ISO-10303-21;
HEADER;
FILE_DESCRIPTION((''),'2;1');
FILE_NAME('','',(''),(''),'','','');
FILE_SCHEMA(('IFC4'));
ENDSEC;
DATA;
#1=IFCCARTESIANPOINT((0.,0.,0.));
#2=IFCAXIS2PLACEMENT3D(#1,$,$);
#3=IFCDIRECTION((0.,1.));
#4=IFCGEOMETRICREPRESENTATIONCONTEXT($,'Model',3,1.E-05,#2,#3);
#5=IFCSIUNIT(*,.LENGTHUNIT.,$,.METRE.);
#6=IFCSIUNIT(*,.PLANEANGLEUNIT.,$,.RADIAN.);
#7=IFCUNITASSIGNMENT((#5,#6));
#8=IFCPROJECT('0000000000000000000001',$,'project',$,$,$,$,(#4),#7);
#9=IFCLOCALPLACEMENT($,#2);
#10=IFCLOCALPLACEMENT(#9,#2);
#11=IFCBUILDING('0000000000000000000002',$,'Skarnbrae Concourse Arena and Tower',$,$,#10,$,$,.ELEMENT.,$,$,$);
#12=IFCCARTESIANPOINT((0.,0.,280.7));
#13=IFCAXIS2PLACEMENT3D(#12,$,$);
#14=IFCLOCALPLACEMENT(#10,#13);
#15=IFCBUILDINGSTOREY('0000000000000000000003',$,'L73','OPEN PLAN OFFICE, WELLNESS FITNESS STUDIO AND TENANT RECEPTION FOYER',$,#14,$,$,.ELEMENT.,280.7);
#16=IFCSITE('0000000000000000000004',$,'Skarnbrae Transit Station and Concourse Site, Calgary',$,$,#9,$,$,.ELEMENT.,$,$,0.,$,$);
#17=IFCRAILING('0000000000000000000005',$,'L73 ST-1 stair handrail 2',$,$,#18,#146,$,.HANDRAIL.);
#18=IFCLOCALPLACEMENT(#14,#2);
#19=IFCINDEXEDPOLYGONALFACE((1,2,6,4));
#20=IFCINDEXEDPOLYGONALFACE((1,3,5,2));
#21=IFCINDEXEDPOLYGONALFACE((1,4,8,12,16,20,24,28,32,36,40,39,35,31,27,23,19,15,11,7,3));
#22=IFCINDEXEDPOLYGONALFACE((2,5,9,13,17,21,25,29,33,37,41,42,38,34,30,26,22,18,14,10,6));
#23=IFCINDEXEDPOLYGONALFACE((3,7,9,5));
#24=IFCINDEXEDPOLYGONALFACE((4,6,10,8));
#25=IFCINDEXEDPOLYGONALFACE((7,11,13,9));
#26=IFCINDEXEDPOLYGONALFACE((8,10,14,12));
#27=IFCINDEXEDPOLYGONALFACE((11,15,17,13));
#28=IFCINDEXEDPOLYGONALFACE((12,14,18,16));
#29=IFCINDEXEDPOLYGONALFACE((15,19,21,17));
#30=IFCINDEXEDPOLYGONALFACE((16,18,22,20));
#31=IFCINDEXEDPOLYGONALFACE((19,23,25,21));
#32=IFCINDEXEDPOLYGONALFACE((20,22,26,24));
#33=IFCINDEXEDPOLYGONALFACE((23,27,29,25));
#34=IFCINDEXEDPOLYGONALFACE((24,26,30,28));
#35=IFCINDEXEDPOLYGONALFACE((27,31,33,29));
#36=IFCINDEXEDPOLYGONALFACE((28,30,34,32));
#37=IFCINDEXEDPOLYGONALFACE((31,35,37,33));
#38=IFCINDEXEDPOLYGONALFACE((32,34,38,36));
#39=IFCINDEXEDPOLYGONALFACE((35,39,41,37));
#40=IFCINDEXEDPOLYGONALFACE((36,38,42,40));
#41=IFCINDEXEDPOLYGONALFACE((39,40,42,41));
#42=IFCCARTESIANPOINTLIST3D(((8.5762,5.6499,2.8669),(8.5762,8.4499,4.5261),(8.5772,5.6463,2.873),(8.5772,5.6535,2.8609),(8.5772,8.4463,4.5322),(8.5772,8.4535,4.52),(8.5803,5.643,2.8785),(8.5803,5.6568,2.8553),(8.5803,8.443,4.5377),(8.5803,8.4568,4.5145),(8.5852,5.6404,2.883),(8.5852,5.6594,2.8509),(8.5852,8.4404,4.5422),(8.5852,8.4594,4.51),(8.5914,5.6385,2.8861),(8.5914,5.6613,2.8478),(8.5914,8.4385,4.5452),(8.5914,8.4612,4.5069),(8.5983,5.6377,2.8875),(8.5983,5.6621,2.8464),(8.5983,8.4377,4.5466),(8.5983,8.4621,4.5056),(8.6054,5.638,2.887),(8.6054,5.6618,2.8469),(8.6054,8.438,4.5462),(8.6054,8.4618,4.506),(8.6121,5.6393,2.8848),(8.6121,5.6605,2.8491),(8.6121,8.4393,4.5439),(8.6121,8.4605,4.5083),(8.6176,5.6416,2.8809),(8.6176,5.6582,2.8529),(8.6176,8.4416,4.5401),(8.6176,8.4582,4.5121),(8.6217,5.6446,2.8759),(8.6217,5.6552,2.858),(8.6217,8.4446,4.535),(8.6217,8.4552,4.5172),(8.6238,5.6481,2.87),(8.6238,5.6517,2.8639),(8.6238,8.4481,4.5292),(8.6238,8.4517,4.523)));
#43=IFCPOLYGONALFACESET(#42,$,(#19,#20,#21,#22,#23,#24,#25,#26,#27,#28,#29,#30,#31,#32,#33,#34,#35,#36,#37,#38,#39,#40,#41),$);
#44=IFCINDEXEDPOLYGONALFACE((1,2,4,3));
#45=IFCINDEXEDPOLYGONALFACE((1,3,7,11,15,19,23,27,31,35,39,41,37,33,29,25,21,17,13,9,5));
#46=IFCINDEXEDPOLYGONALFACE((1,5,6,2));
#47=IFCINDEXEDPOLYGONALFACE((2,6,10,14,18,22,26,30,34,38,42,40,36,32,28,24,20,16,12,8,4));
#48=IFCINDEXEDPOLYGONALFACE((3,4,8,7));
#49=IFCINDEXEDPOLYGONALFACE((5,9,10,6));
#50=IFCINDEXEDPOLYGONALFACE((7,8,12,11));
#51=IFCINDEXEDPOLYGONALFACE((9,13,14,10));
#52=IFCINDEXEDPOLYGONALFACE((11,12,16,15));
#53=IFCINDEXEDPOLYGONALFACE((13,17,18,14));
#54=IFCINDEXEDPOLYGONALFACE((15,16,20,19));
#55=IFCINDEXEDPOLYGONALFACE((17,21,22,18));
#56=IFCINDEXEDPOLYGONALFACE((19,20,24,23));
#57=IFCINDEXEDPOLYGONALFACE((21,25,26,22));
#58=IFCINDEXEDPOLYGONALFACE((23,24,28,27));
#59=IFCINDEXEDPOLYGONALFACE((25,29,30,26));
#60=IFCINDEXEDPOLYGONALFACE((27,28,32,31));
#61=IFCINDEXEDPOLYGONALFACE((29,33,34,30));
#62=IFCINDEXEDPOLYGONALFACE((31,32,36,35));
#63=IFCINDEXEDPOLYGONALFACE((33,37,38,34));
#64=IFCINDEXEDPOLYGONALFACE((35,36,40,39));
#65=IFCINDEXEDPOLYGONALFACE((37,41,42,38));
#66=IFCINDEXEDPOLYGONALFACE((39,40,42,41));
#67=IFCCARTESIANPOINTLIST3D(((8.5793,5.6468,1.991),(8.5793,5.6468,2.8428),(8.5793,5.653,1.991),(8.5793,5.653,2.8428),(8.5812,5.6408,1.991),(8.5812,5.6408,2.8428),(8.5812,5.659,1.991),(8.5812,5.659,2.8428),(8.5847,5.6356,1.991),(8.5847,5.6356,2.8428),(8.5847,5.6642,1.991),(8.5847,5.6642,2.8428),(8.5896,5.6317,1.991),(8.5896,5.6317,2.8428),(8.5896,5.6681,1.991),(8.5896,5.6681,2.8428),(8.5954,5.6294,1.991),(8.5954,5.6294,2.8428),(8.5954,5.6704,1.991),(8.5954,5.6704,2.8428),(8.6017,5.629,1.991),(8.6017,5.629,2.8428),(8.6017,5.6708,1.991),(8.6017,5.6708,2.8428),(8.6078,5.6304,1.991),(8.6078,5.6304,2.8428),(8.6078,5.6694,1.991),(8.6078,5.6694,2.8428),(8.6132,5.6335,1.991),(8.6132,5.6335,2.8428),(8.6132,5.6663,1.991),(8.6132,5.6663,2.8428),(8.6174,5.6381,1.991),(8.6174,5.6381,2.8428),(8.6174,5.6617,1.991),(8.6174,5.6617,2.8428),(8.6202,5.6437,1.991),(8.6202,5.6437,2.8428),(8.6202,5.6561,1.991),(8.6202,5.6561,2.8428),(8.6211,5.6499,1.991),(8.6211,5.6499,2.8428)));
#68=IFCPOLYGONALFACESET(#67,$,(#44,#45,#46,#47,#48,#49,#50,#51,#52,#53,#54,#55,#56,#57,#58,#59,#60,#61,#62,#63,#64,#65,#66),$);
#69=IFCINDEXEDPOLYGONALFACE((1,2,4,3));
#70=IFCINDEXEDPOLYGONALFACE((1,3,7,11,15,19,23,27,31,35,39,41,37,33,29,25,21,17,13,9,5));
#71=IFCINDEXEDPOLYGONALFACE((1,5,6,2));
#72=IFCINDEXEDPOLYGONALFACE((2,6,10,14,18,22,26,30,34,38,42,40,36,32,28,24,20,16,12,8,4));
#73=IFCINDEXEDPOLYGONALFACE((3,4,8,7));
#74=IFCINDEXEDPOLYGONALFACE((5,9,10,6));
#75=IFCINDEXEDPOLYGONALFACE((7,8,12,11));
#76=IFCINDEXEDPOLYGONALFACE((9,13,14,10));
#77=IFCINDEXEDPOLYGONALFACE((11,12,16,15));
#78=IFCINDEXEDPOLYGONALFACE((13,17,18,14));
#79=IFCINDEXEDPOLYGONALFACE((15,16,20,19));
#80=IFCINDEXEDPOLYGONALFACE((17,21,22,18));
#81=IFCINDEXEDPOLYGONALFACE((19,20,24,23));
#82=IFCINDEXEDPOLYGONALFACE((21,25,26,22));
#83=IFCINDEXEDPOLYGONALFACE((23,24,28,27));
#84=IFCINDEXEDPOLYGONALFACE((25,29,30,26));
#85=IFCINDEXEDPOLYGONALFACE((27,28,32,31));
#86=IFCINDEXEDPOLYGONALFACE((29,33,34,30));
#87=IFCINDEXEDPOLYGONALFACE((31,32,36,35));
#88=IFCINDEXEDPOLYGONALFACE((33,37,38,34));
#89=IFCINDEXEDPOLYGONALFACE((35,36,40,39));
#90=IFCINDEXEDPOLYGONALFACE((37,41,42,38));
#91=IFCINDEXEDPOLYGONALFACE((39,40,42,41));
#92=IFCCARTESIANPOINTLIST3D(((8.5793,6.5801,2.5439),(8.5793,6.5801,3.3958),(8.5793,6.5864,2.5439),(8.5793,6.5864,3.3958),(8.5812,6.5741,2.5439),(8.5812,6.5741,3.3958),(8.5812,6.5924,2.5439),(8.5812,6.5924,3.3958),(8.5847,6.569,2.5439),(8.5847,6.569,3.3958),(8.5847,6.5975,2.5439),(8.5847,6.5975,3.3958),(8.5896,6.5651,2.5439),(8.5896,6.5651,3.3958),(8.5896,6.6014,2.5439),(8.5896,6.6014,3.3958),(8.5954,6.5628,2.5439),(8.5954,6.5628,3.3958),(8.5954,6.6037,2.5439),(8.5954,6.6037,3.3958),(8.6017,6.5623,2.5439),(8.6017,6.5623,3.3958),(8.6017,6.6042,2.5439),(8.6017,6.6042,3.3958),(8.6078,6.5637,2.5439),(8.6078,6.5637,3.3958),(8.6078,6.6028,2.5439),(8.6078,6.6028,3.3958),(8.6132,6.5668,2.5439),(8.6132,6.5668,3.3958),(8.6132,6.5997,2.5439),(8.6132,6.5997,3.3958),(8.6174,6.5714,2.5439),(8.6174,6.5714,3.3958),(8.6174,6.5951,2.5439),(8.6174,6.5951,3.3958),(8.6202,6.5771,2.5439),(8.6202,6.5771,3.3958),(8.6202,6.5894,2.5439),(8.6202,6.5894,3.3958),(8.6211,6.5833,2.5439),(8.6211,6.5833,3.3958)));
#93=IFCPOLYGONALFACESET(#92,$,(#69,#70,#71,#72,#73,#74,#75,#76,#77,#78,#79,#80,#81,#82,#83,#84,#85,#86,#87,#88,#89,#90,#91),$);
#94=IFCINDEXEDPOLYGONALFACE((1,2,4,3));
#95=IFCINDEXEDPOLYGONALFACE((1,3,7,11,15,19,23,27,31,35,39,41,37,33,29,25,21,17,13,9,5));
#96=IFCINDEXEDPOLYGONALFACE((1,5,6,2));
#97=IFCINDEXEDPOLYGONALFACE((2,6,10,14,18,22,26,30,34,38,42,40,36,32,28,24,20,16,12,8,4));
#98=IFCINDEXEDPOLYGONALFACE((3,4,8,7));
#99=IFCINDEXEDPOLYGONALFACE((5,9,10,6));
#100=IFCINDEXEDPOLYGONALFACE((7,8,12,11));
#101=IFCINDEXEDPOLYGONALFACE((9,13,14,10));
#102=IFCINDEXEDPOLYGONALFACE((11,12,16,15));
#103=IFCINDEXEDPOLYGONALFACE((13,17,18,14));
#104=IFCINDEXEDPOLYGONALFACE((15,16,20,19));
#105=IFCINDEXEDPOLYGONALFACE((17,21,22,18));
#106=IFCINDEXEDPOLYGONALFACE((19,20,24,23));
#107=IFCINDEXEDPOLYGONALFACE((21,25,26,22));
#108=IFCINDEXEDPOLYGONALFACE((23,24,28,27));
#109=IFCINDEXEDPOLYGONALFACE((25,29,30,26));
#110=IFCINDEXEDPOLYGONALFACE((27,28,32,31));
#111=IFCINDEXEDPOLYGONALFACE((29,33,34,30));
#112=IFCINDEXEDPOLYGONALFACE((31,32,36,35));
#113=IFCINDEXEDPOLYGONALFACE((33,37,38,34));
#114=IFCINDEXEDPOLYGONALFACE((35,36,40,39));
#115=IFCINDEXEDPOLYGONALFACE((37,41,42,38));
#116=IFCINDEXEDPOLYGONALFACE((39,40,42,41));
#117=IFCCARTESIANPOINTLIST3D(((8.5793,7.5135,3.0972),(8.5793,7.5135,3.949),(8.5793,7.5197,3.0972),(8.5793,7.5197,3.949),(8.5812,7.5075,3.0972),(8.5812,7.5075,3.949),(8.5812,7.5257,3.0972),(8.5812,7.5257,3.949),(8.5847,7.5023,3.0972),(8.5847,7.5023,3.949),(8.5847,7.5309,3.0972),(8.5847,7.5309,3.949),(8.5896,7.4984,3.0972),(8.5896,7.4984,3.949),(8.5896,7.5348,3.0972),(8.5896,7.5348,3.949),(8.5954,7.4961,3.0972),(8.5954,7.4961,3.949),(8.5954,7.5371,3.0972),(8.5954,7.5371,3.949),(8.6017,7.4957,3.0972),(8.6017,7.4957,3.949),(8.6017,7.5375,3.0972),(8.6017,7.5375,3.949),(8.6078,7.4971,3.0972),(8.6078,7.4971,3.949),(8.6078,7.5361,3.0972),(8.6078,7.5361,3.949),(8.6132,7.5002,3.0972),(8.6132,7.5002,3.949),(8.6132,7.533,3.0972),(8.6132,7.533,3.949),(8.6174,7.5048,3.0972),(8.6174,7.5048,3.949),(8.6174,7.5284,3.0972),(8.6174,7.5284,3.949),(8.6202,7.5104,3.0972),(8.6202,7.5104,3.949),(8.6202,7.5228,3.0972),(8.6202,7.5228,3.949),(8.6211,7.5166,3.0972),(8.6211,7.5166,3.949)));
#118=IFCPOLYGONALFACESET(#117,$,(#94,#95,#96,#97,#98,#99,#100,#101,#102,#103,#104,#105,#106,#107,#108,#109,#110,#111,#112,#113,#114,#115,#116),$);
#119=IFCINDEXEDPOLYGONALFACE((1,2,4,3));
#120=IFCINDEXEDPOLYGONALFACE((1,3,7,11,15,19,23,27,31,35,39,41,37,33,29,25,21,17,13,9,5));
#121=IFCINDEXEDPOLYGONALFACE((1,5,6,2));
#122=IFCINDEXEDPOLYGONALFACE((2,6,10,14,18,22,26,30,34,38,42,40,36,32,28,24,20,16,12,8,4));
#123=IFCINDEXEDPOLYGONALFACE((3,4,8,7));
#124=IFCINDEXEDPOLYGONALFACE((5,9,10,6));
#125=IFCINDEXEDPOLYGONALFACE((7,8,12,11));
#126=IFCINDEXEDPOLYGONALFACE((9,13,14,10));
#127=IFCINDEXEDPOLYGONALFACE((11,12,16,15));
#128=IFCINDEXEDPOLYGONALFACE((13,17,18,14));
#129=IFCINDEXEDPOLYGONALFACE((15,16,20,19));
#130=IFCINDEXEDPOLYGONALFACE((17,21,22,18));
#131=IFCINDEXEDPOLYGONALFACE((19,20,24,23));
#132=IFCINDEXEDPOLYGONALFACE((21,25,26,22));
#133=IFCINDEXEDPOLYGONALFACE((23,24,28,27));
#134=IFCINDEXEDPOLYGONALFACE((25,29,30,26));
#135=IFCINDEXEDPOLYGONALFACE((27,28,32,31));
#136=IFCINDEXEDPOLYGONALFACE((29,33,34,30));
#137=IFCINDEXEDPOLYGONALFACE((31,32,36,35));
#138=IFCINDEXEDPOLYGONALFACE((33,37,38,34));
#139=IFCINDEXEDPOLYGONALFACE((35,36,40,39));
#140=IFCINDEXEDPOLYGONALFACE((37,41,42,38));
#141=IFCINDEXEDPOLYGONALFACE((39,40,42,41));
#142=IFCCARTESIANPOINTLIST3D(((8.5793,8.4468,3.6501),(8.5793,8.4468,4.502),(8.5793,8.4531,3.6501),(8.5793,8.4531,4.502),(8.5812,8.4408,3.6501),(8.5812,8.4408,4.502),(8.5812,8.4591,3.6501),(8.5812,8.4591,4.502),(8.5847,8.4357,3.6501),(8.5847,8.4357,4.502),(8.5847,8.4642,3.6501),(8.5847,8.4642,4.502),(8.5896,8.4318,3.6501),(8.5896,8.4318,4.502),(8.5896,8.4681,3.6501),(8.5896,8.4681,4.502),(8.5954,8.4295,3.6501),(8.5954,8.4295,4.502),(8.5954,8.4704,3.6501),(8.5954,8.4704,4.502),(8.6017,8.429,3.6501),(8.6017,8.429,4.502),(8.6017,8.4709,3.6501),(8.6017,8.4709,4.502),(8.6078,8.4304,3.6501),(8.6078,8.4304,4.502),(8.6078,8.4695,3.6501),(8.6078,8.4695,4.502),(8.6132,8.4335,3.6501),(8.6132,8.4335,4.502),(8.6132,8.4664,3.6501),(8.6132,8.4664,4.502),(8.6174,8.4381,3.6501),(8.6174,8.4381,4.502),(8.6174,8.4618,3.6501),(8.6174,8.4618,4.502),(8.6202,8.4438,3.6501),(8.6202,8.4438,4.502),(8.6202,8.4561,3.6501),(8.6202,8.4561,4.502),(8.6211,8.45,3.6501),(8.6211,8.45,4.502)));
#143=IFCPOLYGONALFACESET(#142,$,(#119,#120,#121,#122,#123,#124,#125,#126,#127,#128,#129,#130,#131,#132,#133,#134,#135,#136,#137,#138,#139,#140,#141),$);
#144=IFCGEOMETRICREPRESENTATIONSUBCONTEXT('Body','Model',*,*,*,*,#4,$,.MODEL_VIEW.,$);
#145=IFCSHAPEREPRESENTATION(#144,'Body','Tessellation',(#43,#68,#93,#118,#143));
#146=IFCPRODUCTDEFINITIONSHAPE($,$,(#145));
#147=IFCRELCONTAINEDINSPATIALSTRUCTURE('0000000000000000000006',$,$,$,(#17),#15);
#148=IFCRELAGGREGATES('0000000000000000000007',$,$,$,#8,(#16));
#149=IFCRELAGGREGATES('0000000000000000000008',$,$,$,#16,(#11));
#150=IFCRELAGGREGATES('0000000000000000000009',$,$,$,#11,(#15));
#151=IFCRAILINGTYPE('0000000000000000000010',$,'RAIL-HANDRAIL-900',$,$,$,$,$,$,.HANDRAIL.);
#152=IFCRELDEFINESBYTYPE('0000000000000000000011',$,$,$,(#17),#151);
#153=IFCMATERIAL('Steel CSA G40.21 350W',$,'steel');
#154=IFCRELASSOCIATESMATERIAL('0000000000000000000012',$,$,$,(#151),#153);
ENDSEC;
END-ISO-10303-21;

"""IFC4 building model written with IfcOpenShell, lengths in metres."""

from ifc_helpers import new_model, si_unit, direction, frame, origin, origin_2d, place, context, subcontext, project, spatial, circle, extrude, material, type_object, element, save


model = new_model("IFC4")

# Units and contexts
model_context = context("Model", 3, precision=1e-05, world=origin(), true_north=direction((0.0, 1.0)))
body_context = subcontext(model_context, "Body", "Model", "MODEL_VIEW")
ifc_project = project(units=[si_unit("LENGTHUNIT", "METRE"), si_unit("PLANEANGLEUNIT", "RADIAN")], contexts=[model_context])

# Site, building, storey
site_placement = place(None, origin())
site = spatial("IfcSite", under=ifc_project, at=site_placement, Name="Skarnbrae Transit Station and Concourse Site, Calgary", CompositionType="ELEMENT", RefElevation=0.0)
building_placement = place(site_placement, origin())
building = spatial("IfcBuilding", under=site, at=building_placement, Name="Skarnbrae Concourse Arena and Tower", CompositionType="ELEMENT")
storey_placement = place(building_placement, frame((0.0, 0.0, 280.7)))
storey = spatial("IfcBuildingStorey", under=building, at=storey_placement, Name="L73", Description="OPEN PLAN OFFICE, WELLNESS FITNESS STUDIO AND TENANT RECEPTION FOYER", CompositionType="ELEMENT", Elevation=280.7)

# Shared definitions
ifc_material_1 = material(Name="Steel CSA G40.21 350W", Category="steel")

# Railing
railing_type_1 = type_object("IfcRailingType", Name="RAIL-HANDRAIL-900", PredefinedType="HANDRAIL", material=ifc_material_1)
railing_1_placement = place(storey_placement, frame((8.6001, 5.6499, 1.991)))
element("IfcRailing", 1, at=railing_1_placement, inside=storey, type_object=railing_type_1, Name="L73 ST-1 stair handrail 2", PredefinedType="HANDRAIL", context=body_context, shape_type="SweptSolid", body=[
    extrude(circle(Radius=0.0239, at=origin_2d()), frame((0.0, 0.0, 0.876), z_axis=(0.0, 0.860306, 0.509778), x_axis=(-1.0, 0.0, 0.0)), (0.0, 0.0, 1.0), 3.2546),
    extrude(circle(Radius=0.021, at=origin_2d()), origin(), (0.0, 0.0, 1.0), 0.8518),
    extrude(circle(Radius=0.021, at=origin_2d()), frame((0.0, 0.9333, 0.553)), (0.0, 0.0, 1.0), 0.8518),
    extrude(circle(Radius=0.021, at=origin_2d()), frame((0.0, 1.8667, 1.1062)), (0.0, 0.0, 1.0), 0.8518),
    extrude(circle(Radius=0.021, at=origin_2d()), frame((0.0, 2.8, 1.6592)), (0.0, 0.0, 1.0), 0.8518),
])

save(model, "model.ifc")
